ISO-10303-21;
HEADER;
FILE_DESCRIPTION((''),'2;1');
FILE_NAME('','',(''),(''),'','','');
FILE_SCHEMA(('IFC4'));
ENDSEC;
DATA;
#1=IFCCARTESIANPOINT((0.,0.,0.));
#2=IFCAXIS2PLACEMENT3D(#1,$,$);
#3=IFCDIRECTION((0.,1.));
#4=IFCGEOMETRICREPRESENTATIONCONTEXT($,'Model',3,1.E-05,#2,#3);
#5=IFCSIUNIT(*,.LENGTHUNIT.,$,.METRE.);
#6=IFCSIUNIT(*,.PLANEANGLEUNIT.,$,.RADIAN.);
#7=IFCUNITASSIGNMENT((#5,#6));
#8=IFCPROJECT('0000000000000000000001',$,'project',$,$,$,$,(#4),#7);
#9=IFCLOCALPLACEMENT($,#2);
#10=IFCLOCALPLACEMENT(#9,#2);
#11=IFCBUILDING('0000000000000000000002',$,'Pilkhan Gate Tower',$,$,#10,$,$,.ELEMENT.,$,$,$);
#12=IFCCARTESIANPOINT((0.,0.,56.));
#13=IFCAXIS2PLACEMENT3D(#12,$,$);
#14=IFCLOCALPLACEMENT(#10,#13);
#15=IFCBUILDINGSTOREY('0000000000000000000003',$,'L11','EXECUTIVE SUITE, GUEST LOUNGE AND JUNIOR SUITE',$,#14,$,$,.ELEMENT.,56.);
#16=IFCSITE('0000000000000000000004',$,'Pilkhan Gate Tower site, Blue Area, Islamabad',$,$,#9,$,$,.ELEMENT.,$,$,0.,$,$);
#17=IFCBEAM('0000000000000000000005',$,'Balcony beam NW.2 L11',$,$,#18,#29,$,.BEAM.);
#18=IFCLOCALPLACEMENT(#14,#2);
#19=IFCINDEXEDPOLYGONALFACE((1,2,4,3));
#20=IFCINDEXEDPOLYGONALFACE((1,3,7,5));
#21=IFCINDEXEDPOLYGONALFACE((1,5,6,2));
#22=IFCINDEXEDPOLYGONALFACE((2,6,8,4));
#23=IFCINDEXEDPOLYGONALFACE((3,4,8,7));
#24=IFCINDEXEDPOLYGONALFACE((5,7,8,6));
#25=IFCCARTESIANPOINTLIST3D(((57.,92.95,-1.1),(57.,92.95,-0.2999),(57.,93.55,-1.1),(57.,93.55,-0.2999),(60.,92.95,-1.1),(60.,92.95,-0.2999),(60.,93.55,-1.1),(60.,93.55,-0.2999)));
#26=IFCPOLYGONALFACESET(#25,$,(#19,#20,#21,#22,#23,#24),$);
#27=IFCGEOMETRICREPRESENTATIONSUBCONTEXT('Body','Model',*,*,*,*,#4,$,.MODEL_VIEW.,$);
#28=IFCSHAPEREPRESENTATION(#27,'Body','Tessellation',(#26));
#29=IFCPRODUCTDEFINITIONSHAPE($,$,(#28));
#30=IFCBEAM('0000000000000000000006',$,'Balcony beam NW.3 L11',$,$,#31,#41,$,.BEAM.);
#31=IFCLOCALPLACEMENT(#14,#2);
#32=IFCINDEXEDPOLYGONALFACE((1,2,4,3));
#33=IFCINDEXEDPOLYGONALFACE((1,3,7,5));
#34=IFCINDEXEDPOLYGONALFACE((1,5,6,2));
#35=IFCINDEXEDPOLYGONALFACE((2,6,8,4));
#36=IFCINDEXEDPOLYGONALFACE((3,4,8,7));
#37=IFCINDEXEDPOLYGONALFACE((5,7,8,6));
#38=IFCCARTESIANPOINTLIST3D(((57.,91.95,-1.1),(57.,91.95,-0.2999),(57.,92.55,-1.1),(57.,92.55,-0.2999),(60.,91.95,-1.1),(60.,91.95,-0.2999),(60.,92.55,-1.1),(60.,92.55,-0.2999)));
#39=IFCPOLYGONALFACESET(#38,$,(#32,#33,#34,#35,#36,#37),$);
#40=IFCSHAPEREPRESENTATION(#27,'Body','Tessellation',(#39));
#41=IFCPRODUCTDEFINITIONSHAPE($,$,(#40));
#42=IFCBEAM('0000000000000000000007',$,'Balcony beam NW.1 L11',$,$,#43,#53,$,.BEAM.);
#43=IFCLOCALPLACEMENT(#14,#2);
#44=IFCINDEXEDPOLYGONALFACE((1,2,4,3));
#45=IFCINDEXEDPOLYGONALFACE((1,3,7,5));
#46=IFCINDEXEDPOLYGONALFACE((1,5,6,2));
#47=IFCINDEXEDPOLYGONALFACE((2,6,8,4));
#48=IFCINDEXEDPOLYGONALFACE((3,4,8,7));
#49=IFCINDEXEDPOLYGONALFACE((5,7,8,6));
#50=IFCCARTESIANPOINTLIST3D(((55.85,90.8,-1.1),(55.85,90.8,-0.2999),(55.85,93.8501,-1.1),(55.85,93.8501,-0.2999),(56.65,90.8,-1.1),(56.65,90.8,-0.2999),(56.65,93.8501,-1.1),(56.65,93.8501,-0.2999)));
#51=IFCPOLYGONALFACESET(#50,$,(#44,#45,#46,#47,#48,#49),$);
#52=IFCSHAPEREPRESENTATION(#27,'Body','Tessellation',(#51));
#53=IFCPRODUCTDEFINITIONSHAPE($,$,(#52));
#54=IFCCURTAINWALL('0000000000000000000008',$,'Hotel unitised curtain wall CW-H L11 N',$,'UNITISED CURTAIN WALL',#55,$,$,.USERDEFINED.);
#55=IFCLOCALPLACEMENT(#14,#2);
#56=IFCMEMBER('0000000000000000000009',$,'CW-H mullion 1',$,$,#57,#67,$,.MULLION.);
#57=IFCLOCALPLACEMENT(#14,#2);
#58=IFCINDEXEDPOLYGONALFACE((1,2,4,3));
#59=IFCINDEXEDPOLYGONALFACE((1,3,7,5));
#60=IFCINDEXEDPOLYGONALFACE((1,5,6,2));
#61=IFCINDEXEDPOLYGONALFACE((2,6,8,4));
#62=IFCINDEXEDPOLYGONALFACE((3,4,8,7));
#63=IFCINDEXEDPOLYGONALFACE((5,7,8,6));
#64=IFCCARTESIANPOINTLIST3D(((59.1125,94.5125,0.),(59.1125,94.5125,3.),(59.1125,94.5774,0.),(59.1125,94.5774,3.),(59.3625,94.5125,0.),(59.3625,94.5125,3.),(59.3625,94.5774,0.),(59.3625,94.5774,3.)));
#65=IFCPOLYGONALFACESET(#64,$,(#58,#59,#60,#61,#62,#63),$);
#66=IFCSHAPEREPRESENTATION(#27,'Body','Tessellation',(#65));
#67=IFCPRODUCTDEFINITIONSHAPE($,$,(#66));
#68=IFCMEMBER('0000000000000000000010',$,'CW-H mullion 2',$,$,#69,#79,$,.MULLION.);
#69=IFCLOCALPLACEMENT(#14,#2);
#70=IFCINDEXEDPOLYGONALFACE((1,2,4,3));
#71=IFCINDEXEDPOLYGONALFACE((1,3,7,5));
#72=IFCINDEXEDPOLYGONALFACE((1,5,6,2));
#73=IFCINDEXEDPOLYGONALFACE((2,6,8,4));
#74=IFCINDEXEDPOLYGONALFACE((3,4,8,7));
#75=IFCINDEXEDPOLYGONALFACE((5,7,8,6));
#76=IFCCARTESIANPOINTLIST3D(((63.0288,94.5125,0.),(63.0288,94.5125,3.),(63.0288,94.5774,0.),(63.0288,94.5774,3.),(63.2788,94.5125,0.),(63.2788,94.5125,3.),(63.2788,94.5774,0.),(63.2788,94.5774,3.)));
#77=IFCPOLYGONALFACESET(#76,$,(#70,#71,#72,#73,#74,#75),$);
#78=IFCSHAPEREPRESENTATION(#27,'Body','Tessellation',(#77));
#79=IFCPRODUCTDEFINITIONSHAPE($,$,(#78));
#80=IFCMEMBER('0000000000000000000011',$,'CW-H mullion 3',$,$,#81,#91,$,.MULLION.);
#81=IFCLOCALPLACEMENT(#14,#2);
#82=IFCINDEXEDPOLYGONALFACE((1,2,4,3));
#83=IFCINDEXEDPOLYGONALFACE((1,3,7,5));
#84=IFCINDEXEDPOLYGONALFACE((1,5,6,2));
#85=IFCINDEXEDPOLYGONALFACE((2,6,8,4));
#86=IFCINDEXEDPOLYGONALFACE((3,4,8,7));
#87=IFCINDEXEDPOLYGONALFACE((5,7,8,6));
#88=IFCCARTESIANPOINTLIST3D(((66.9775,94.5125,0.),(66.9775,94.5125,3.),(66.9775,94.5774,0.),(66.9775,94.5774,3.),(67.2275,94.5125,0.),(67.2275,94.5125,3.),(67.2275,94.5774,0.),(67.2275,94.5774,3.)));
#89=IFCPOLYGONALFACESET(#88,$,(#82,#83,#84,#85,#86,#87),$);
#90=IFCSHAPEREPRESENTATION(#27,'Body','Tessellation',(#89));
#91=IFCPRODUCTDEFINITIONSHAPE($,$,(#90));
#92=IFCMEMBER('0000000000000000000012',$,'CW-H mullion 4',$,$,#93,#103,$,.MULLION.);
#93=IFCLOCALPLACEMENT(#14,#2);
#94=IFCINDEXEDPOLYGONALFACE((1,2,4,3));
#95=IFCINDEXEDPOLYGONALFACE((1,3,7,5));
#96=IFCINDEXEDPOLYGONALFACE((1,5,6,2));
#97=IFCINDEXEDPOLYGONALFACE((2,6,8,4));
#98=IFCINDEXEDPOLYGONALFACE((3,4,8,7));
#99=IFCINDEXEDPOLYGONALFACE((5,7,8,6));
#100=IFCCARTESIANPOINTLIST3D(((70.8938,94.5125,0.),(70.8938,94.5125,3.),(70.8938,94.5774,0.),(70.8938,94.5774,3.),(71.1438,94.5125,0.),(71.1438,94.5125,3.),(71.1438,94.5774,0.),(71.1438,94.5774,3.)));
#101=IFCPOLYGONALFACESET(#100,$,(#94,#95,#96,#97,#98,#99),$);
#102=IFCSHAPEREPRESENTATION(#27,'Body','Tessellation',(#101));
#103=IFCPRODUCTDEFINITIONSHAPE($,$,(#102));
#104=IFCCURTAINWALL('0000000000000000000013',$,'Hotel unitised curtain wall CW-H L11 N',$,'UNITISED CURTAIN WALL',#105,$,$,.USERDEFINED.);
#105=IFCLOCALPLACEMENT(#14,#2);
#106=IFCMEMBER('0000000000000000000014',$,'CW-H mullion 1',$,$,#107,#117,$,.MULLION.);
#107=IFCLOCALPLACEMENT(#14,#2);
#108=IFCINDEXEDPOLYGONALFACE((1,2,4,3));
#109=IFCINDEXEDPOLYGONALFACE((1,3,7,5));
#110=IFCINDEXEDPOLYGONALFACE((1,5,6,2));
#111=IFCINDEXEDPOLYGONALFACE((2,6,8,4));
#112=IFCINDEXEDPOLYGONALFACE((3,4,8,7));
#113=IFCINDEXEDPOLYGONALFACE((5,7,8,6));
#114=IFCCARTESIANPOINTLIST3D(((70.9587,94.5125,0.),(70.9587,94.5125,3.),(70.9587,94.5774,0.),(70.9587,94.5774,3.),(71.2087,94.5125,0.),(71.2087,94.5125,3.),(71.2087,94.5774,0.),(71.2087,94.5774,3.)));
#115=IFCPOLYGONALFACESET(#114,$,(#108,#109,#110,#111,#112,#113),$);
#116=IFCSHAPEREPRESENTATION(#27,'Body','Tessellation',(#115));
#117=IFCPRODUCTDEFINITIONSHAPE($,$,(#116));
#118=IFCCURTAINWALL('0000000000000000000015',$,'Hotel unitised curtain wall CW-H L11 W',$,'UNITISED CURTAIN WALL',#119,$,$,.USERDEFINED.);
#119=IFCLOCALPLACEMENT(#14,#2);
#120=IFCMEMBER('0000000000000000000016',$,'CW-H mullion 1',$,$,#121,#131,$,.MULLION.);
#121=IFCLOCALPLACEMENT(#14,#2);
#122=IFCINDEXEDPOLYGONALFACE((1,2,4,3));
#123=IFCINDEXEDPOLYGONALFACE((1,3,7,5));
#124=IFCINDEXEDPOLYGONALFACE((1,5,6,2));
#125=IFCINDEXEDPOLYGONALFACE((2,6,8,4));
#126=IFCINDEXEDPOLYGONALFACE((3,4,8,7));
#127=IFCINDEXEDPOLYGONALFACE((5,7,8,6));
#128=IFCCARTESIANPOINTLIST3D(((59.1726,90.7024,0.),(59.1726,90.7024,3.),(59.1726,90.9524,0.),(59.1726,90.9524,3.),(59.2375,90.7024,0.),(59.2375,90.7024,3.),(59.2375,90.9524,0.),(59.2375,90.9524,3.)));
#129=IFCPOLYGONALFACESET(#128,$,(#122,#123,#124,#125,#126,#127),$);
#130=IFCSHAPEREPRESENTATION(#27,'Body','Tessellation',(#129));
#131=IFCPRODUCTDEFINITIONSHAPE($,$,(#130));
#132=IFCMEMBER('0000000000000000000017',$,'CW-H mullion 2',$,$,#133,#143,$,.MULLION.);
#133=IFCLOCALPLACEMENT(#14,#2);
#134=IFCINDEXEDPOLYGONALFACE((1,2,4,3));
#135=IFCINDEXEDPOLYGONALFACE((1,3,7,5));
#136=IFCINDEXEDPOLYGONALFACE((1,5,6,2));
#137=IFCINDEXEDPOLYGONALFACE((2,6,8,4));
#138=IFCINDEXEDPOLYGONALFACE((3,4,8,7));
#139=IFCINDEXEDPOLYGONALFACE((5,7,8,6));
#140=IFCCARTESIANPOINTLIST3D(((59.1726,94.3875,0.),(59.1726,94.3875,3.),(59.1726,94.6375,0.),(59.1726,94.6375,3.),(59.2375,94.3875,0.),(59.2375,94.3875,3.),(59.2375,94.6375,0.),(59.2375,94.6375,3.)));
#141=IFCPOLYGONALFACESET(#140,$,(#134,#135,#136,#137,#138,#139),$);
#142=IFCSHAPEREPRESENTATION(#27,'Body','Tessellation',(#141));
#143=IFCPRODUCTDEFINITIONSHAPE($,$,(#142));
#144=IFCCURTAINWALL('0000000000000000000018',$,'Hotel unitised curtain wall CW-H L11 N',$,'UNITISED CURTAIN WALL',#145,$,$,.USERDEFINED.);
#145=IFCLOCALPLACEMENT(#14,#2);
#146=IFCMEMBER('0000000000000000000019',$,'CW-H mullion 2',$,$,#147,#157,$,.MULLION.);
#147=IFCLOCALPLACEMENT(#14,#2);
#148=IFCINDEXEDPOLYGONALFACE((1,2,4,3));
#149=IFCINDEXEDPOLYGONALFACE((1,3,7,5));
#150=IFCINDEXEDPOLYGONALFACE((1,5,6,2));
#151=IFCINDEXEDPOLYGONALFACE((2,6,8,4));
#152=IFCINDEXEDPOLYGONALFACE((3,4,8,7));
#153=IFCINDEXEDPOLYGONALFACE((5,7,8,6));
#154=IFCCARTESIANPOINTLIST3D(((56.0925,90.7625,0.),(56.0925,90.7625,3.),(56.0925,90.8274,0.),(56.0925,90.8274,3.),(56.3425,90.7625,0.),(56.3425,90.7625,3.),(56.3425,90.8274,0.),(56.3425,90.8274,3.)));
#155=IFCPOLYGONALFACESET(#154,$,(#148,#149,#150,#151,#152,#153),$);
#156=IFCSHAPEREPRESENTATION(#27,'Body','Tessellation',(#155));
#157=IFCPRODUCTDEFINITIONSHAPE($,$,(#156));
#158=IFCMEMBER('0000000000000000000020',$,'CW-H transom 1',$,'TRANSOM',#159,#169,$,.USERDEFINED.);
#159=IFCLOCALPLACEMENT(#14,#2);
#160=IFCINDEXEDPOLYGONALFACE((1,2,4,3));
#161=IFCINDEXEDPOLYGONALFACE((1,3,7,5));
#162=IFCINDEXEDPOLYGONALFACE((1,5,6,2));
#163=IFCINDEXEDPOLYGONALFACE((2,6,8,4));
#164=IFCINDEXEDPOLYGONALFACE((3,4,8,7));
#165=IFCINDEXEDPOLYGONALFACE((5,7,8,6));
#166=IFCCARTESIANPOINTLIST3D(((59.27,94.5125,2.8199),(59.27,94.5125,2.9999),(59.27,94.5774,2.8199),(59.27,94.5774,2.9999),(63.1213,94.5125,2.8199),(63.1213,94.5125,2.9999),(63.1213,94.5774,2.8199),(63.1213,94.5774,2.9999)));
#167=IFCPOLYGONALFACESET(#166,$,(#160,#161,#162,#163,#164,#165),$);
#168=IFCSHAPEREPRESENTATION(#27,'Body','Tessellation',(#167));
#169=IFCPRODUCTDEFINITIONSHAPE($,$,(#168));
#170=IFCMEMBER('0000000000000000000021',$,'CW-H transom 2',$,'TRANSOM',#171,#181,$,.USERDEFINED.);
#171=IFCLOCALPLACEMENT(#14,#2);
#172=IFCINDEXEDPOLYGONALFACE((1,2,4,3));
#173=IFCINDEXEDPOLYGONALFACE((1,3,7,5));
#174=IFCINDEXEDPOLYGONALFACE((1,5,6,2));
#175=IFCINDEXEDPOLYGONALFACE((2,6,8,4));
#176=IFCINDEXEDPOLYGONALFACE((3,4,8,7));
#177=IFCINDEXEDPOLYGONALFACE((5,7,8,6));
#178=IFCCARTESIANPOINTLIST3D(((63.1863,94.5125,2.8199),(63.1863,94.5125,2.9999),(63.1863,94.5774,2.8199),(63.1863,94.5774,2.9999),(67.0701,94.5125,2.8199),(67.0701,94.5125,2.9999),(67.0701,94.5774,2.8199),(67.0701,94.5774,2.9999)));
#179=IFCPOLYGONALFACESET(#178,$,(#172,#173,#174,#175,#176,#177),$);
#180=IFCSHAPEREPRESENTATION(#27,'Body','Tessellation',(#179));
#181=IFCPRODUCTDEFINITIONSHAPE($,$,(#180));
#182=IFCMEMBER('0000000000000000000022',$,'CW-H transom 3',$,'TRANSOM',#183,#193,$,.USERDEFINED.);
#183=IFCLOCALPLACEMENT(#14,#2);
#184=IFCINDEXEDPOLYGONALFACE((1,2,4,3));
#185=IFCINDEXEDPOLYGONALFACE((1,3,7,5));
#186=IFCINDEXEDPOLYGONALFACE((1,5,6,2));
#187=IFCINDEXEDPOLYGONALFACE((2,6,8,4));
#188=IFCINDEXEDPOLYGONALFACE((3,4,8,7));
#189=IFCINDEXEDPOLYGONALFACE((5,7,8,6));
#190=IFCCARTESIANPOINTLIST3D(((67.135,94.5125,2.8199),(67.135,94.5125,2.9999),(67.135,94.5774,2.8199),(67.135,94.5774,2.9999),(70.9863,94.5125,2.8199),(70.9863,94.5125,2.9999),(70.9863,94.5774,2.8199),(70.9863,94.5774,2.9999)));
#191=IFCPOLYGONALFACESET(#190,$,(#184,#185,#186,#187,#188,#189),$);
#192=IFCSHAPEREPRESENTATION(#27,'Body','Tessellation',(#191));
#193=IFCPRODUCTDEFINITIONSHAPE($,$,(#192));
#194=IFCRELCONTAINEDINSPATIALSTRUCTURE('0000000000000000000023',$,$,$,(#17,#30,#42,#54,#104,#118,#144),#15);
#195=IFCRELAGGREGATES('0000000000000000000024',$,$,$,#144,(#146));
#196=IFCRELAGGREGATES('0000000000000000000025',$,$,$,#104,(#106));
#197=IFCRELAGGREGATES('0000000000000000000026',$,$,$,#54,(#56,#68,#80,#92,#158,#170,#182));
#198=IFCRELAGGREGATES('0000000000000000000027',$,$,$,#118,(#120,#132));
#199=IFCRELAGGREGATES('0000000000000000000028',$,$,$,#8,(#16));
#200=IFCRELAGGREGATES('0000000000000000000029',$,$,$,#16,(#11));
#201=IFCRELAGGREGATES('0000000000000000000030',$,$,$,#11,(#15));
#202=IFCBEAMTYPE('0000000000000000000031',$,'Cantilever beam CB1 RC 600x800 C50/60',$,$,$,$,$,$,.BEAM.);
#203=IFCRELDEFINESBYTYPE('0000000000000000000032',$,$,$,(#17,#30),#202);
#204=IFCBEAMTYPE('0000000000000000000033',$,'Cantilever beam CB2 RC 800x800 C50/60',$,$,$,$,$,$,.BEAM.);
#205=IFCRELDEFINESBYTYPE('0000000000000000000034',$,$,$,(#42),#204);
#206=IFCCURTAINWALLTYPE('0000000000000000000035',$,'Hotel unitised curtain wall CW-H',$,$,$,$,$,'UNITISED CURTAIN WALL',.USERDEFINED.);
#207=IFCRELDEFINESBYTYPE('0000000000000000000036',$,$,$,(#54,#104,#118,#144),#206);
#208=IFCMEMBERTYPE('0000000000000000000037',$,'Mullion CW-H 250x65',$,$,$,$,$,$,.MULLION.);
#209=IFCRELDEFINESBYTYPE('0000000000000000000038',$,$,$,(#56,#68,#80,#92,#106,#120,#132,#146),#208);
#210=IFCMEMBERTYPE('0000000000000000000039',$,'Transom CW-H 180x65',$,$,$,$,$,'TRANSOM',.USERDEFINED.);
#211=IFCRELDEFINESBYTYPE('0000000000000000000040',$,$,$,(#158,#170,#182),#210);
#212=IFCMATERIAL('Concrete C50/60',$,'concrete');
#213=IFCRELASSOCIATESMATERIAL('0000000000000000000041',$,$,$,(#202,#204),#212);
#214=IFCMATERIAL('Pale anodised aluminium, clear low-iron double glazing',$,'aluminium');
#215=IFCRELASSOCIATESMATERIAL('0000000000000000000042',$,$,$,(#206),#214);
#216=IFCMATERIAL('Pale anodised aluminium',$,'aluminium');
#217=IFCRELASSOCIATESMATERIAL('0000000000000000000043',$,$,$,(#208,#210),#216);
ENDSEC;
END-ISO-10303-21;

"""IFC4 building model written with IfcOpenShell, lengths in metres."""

from ifc_helpers import new_model, si_unit, direction, frame, origin, origin_2d, place, context, subcontext, project, spatial, rectangle, extrude, material, material_profile, profile_set, type_object, element, aggregate, save


model = new_model("IFC4")

# Units and contexts
model_context = context("Model", 3, precision=1e-05, world=origin(), true_north=direction((0.0, 1.0)))
body_context = subcontext(model_context, "Body", "Model", "MODEL_VIEW")
ifc_project = project(units=[si_unit("LENGTHUNIT", "METRE"), si_unit("PLANEANGLEUNIT", "RADIAN")], contexts=[model_context])

# Site, building, storey
site_placement = place(None, origin())
site = spatial("IfcSite", under=ifc_project, at=site_placement, Name="Pilkhan Gate Tower site, Blue Area, Islamabad", CompositionType="ELEMENT", RefElevation=0.0)
building_placement = place(site_placement, origin())
building = spatial("IfcBuilding", under=site, at=building_placement, Name="Pilkhan Gate Tower", CompositionType="ELEMENT")
storey_placement = place(building_placement, frame((0.0, 0.0, 56.0)))
storey = spatial("IfcBuildingStorey", under=building, at=storey_placement, Name="L11", Description="EXECUTIVE SUITE, GUEST LOUNGE AND JUNIOR SUITE", CompositionType="ELEMENT", Elevation=56.0)

# Beams
ifc_material_1 = material(Name="Concrete C50/60", Category="concrete")
ifc_material_profile_1 = material_profile(ifc_material_1, rectangle(XDim=0.6001, YDim=0.8, at=origin_2d()), Name="RC 600x800")
ifc_profile_set_1 = profile_set([ifc_material_profile_1], Name="Concrete C50/60")
beam_type_1 = type_object("IfcBeamType", Name="Cantilever beam CB1 RC 600x800 C50/60", PredefinedType="BEAM", material=ifc_profile_set_1)
for number, where, z_axis, x_axis, name in (
    (1, (60.0, 93.25, -0.7), (-1.0, 0.0, 0.0), (0.0, -1.0, 0.0), "Balcony beam NW.2 L11"),
    (2, (60.0, 92.25, -0.7), (-1.0, 0.0, 0.0), (0.0, -1.0, 0.0), "Balcony beam NW.3 L11"),
):
    element("IfcBeam", number, at=place(storey_placement, frame(where, z_axis=z_axis, x_axis=x_axis)), inside=storey, type_object=beam_type_1, Name=name, PredefinedType="BEAM", context=body_context, shape_type="SweptSolid", body=[
        extrude(rectangle(XDim=0.6001, YDim=0.8, at=origin_2d()), origin(), (0.0, 0.0, 1.0), 3.0),
    ])
ifc_material_profile_2 = material_profile(ifc_material_1, rectangle(XDim=0.8, YDim=0.8, at=origin_2d()), Name="RC 800x800")
ifc_profile_set_2 = profile_set([ifc_material_profile_2], Name="Concrete C50/60")
beam_type_2 = type_object("IfcBeamType", Name="Cantilever beam CB2 RC 800x800 C50/60", PredefinedType="BEAM", material=ifc_profile_set_2)
beam_placement = place(storey_placement, frame((56.25, 90.8, -0.7), z_axis=(0.0, 1.0, 0.0), x_axis=(-1.0, 0.0, 0.0)))
element("IfcBeam", 3, at=beam_placement, inside=storey, type_object=beam_type_2, Name="Balcony beam NW.1 L11", PredefinedType="BEAM", context=body_context, shape_type="SweptSolid", body=[
    extrude(rectangle(XDim=0.8, YDim=0.8, at=origin_2d()), origin(), (0.0, 0.0, 1.0), 3.05),
])

# Curtain wall, members
ifc_material_2 = material(Name="Pale anodised aluminium, clear low-iron double glazing", Category="aluminium")
curtain_wall_type = type_object("IfcCurtainWallType", Name="Hotel unitised curtain wall CW-H", ElementType="UNITISED CURTAIN WALL", PredefinedType="USERDEFINED", material=ifc_material_2)
curtain_wall_1_placement = place(storey_placement, origin())
curtain_wall_1 = element("IfcCurtainWall", 4, at=curtain_wall_1_placement, inside=storey, type_object=curtain_wall_type, Name="Hotel unitised curtain wall CW-H L11 N", ObjectType="UNITISED CURTAIN WALL", PredefinedType="USERDEFINED")
ifc_material_3 = material(Name="Pale anodised aluminium", Category="aluminium")
ifc_material_profile_3 = material_profile(ifc_material_3, rectangle(XDim=0.0649, YDim=0.25, at=origin_2d()), Name="Mullion 250x65")
ifc_profile_set_3 = profile_set([ifc_material_profile_3], Name="Pale anodised aluminium")
member_type_1 = type_object("IfcMemberType", Name="Mullion CW-H 250x65", PredefinedType="MULLION", material=ifc_profile_set_3)
member_1_placement = place(storey_placement, frame((59.2375, 94.5449, 0.0), z_axis=(0.0, 0.0, 1.0), x_axis=(0.0, 1.0, 0.0)))
member_1 = element("IfcMember", 5, at=member_1_placement, type_object=member_type_1, Name="CW-H mullion 1", PredefinedType="MULLION", context=body_context, shape_type="SweptSolid", body=[
    extrude(rectangle(XDim=0.0649, YDim=0.25, at=origin_2d()), origin(), (0.0, 0.0, 1.0), 3.0),
])
member_2_placement = place(storey_placement, frame((63.1538, 94.5449, 0.0), z_axis=(0.0, 0.0, 1.0), x_axis=(0.0, 1.0, 0.0)))
member_2 = element("IfcMember", 6, at=member_2_placement, type_object=member_type_1, Name="CW-H mullion 2", PredefinedType="MULLION", context=body_context, shape_type="SweptSolid", body=[
    extrude(rectangle(XDim=0.0649, YDim=0.25, at=origin_2d()), origin(), (0.0, 0.0, 1.0), 3.0),
])
member_3_placement = place(storey_placement, frame((67.1025, 94.5449, 0.0), z_axis=(0.0, 0.0, 1.0), x_axis=(0.0, 1.0, 0.0)))
member_3 = element("IfcMember", 7, at=member_3_placement, type_object=member_type_1, Name="CW-H mullion 3", PredefinedType="MULLION", context=body_context, shape_type="SweptSolid", body=[
    extrude(rectangle(XDim=0.0649, YDim=0.25, at=origin_2d()), origin(), (0.0, 0.0, 1.0), 3.0),
])
member_4_placement = place(storey_placement, frame((71.0188, 94.5449, 0.0), z_axis=(0.0, 0.0, 1.0), x_axis=(0.0, 1.0, 0.0)))
member_4 = element("IfcMember", 8, at=member_4_placement, type_object=member_type_1, Name="CW-H mullion 4", PredefinedType="MULLION", context=body_context, shape_type="SweptSolid", body=[
    extrude(rectangle(XDim=0.0649, YDim=0.25, at=origin_2d()), origin(), (0.0, 0.0, 1.0), 3.0),
])

# Curtain wall, member
curtain_wall_2_placement = place(storey_placement, origin())
curtain_wall_2 = element("IfcCurtainWall", 9, at=curtain_wall_2_placement, inside=storey, type_object=curtain_wall_type, Name="Hotel unitised curtain wall CW-H L11 N", ObjectType="UNITISED CURTAIN WALL", PredefinedType="USERDEFINED")
member_5_placement = place(storey_placement, frame((71.0837, 94.5449, 0.0), z_axis=(0.0, 0.0, 1.0), x_axis=(0.0, 1.0, 0.0)))
member_5 = element("IfcMember", 10, at=member_5_placement, type_object=member_type_1, Name="CW-H mullion 1", PredefinedType="MULLION", context=body_context, shape_type="SweptSolid", body=[
    extrude(rectangle(XDim=0.0649, YDim=0.25, at=origin_2d()), origin(), (0.0, 0.0, 1.0), 3.0),
])

# Curtain wall, members
curtain_wall_3_placement = place(storey_placement, origin())
curtain_wall_3 = element("IfcCurtainWall", 11, at=curtain_wall_3_placement, inside=storey, type_object=curtain_wall_type, Name="Hotel unitised curtain wall CW-H L11 W", ObjectType="UNITISED CURTAIN WALL", PredefinedType="USERDEFINED")
member_6_placement = place(storey_placement, frame((59.2051, 90.8274, 0.0), z_axis=(0.0, 0.0, 1.0), x_axis=(-1.0, 0.0, 0.0)))
member_6 = element("IfcMember", 12, at=member_6_placement, type_object=member_type_1, Name="CW-H mullion 1", PredefinedType="MULLION", context=body_context, shape_type="SweptSolid", body=[
    extrude(rectangle(XDim=0.0649, YDim=0.25, at=origin_2d()), origin(), (0.0, 0.0, 1.0), 3.0),
])
member_7_placement = place(storey_placement, frame((59.2051, 94.5125, 0.0), z_axis=(0.0, 0.0, 1.0), x_axis=(-1.0, 0.0, 0.0)))
member_7 = element("IfcMember", 13, at=member_7_placement, type_object=member_type_1, Name="CW-H mullion 2", PredefinedType="MULLION", context=body_context, shape_type="SweptSolid", body=[
    extrude(rectangle(XDim=0.0649, YDim=0.25, at=origin_2d()), origin(), (0.0, 0.0, 1.0), 3.0),
])

# Curtain wall, member
curtain_wall_4_placement = place(storey_placement, origin())
curtain_wall_4 = element("IfcCurtainWall", 14, at=curtain_wall_4_placement, inside=storey, type_object=curtain_wall_type, Name="Hotel unitised curtain wall CW-H L11 N", ObjectType="UNITISED CURTAIN WALL", PredefinedType="USERDEFINED")
member_8_placement = place(storey_placement, frame((56.2175, 90.7949, 0.0), z_axis=(0.0, 0.0, 1.0), x_axis=(0.0, 1.0, 0.0)))
member_8 = element("IfcMember", 15, at=member_8_placement, type_object=member_type_1, Name="CW-H mullion 2", PredefinedType="MULLION", context=body_context, shape_type="SweptSolid", body=[
    extrude(rectangle(XDim=0.0649, YDim=0.25, at=origin_2d()), origin(), (0.0, 0.0, 1.0), 3.0),
])
aggregate(curtain_wall_4, [member_8])

# Members
ifc_material_profile_4 = material_profile(ifc_material_3, rectangle(XDim=0.0649, YDim=0.1799, at=origin_2d()), Name="Transom 180x65")
ifc_profile_set_4 = profile_set([ifc_material_profile_4], Name="Pale anodised aluminium")
member_type_2 = type_object("IfcMemberType", Name="Transom CW-H 180x65", ElementType="TRANSOM", PredefinedType="USERDEFINED", material=ifc_profile_set_4)
member_9_placement = place(storey_placement, frame((59.27, 94.5449, 2.9099), z_axis=(1.0, 0.0, 0.0), x_axis=(0.0, 1.0, 0.0)))
member_9 = element("IfcMember", 16, at=member_9_placement, type_object=member_type_2, Name="CW-H transom 1", ObjectType="TRANSOM", PredefinedType="USERDEFINED", context=body_context, shape_type="SweptSolid", body=[
    extrude(rectangle(XDim=0.0649, YDim=0.1799, at=origin_2d()), origin(), (0.0, 0.0, 1.0), 3.8513),
])
member_10_placement = place(storey_placement, frame((63.1863, 94.5449, 2.9099), z_axis=(1.0, 0.0, 0.0), x_axis=(0.0, 1.0, 0.0)))
member_10 = element("IfcMember", 17, at=member_10_placement, type_object=member_type_2, Name="CW-H transom 2", ObjectType="TRANSOM", PredefinedType="USERDEFINED", context=body_context, shape_type="SweptSolid", body=[
    extrude(rectangle(XDim=0.0649, YDim=0.1799, at=origin_2d()), origin(), (0.0, 0.0, 1.0), 3.8838),
])
member_11_placement = place(storey_placement, frame((67.135, 94.5449, 2.9099), z_axis=(1.0, 0.0, 0.0), x_axis=(0.0, 1.0, 0.0)))
member_11 = element("IfcMember", 18, at=member_11_placement, type_object=member_type_2, Name="CW-H transom 3", ObjectType="TRANSOM", PredefinedType="USERDEFINED", context=body_context, shape_type="SweptSolid", body=[
    extrude(rectangle(XDim=0.0649, YDim=0.1799, at=origin_2d()), origin(), (0.0, 0.0, 1.0), 3.8513),
])
aggregate(curtain_wall_2, [member_5])

aggregate(curtain_wall_1, [member_1, member_2, member_3, member_4, member_9, member_10, member_11])
aggregate(curtain_wall_3, [member_6, member_7])

save(model, "model.ifc")
